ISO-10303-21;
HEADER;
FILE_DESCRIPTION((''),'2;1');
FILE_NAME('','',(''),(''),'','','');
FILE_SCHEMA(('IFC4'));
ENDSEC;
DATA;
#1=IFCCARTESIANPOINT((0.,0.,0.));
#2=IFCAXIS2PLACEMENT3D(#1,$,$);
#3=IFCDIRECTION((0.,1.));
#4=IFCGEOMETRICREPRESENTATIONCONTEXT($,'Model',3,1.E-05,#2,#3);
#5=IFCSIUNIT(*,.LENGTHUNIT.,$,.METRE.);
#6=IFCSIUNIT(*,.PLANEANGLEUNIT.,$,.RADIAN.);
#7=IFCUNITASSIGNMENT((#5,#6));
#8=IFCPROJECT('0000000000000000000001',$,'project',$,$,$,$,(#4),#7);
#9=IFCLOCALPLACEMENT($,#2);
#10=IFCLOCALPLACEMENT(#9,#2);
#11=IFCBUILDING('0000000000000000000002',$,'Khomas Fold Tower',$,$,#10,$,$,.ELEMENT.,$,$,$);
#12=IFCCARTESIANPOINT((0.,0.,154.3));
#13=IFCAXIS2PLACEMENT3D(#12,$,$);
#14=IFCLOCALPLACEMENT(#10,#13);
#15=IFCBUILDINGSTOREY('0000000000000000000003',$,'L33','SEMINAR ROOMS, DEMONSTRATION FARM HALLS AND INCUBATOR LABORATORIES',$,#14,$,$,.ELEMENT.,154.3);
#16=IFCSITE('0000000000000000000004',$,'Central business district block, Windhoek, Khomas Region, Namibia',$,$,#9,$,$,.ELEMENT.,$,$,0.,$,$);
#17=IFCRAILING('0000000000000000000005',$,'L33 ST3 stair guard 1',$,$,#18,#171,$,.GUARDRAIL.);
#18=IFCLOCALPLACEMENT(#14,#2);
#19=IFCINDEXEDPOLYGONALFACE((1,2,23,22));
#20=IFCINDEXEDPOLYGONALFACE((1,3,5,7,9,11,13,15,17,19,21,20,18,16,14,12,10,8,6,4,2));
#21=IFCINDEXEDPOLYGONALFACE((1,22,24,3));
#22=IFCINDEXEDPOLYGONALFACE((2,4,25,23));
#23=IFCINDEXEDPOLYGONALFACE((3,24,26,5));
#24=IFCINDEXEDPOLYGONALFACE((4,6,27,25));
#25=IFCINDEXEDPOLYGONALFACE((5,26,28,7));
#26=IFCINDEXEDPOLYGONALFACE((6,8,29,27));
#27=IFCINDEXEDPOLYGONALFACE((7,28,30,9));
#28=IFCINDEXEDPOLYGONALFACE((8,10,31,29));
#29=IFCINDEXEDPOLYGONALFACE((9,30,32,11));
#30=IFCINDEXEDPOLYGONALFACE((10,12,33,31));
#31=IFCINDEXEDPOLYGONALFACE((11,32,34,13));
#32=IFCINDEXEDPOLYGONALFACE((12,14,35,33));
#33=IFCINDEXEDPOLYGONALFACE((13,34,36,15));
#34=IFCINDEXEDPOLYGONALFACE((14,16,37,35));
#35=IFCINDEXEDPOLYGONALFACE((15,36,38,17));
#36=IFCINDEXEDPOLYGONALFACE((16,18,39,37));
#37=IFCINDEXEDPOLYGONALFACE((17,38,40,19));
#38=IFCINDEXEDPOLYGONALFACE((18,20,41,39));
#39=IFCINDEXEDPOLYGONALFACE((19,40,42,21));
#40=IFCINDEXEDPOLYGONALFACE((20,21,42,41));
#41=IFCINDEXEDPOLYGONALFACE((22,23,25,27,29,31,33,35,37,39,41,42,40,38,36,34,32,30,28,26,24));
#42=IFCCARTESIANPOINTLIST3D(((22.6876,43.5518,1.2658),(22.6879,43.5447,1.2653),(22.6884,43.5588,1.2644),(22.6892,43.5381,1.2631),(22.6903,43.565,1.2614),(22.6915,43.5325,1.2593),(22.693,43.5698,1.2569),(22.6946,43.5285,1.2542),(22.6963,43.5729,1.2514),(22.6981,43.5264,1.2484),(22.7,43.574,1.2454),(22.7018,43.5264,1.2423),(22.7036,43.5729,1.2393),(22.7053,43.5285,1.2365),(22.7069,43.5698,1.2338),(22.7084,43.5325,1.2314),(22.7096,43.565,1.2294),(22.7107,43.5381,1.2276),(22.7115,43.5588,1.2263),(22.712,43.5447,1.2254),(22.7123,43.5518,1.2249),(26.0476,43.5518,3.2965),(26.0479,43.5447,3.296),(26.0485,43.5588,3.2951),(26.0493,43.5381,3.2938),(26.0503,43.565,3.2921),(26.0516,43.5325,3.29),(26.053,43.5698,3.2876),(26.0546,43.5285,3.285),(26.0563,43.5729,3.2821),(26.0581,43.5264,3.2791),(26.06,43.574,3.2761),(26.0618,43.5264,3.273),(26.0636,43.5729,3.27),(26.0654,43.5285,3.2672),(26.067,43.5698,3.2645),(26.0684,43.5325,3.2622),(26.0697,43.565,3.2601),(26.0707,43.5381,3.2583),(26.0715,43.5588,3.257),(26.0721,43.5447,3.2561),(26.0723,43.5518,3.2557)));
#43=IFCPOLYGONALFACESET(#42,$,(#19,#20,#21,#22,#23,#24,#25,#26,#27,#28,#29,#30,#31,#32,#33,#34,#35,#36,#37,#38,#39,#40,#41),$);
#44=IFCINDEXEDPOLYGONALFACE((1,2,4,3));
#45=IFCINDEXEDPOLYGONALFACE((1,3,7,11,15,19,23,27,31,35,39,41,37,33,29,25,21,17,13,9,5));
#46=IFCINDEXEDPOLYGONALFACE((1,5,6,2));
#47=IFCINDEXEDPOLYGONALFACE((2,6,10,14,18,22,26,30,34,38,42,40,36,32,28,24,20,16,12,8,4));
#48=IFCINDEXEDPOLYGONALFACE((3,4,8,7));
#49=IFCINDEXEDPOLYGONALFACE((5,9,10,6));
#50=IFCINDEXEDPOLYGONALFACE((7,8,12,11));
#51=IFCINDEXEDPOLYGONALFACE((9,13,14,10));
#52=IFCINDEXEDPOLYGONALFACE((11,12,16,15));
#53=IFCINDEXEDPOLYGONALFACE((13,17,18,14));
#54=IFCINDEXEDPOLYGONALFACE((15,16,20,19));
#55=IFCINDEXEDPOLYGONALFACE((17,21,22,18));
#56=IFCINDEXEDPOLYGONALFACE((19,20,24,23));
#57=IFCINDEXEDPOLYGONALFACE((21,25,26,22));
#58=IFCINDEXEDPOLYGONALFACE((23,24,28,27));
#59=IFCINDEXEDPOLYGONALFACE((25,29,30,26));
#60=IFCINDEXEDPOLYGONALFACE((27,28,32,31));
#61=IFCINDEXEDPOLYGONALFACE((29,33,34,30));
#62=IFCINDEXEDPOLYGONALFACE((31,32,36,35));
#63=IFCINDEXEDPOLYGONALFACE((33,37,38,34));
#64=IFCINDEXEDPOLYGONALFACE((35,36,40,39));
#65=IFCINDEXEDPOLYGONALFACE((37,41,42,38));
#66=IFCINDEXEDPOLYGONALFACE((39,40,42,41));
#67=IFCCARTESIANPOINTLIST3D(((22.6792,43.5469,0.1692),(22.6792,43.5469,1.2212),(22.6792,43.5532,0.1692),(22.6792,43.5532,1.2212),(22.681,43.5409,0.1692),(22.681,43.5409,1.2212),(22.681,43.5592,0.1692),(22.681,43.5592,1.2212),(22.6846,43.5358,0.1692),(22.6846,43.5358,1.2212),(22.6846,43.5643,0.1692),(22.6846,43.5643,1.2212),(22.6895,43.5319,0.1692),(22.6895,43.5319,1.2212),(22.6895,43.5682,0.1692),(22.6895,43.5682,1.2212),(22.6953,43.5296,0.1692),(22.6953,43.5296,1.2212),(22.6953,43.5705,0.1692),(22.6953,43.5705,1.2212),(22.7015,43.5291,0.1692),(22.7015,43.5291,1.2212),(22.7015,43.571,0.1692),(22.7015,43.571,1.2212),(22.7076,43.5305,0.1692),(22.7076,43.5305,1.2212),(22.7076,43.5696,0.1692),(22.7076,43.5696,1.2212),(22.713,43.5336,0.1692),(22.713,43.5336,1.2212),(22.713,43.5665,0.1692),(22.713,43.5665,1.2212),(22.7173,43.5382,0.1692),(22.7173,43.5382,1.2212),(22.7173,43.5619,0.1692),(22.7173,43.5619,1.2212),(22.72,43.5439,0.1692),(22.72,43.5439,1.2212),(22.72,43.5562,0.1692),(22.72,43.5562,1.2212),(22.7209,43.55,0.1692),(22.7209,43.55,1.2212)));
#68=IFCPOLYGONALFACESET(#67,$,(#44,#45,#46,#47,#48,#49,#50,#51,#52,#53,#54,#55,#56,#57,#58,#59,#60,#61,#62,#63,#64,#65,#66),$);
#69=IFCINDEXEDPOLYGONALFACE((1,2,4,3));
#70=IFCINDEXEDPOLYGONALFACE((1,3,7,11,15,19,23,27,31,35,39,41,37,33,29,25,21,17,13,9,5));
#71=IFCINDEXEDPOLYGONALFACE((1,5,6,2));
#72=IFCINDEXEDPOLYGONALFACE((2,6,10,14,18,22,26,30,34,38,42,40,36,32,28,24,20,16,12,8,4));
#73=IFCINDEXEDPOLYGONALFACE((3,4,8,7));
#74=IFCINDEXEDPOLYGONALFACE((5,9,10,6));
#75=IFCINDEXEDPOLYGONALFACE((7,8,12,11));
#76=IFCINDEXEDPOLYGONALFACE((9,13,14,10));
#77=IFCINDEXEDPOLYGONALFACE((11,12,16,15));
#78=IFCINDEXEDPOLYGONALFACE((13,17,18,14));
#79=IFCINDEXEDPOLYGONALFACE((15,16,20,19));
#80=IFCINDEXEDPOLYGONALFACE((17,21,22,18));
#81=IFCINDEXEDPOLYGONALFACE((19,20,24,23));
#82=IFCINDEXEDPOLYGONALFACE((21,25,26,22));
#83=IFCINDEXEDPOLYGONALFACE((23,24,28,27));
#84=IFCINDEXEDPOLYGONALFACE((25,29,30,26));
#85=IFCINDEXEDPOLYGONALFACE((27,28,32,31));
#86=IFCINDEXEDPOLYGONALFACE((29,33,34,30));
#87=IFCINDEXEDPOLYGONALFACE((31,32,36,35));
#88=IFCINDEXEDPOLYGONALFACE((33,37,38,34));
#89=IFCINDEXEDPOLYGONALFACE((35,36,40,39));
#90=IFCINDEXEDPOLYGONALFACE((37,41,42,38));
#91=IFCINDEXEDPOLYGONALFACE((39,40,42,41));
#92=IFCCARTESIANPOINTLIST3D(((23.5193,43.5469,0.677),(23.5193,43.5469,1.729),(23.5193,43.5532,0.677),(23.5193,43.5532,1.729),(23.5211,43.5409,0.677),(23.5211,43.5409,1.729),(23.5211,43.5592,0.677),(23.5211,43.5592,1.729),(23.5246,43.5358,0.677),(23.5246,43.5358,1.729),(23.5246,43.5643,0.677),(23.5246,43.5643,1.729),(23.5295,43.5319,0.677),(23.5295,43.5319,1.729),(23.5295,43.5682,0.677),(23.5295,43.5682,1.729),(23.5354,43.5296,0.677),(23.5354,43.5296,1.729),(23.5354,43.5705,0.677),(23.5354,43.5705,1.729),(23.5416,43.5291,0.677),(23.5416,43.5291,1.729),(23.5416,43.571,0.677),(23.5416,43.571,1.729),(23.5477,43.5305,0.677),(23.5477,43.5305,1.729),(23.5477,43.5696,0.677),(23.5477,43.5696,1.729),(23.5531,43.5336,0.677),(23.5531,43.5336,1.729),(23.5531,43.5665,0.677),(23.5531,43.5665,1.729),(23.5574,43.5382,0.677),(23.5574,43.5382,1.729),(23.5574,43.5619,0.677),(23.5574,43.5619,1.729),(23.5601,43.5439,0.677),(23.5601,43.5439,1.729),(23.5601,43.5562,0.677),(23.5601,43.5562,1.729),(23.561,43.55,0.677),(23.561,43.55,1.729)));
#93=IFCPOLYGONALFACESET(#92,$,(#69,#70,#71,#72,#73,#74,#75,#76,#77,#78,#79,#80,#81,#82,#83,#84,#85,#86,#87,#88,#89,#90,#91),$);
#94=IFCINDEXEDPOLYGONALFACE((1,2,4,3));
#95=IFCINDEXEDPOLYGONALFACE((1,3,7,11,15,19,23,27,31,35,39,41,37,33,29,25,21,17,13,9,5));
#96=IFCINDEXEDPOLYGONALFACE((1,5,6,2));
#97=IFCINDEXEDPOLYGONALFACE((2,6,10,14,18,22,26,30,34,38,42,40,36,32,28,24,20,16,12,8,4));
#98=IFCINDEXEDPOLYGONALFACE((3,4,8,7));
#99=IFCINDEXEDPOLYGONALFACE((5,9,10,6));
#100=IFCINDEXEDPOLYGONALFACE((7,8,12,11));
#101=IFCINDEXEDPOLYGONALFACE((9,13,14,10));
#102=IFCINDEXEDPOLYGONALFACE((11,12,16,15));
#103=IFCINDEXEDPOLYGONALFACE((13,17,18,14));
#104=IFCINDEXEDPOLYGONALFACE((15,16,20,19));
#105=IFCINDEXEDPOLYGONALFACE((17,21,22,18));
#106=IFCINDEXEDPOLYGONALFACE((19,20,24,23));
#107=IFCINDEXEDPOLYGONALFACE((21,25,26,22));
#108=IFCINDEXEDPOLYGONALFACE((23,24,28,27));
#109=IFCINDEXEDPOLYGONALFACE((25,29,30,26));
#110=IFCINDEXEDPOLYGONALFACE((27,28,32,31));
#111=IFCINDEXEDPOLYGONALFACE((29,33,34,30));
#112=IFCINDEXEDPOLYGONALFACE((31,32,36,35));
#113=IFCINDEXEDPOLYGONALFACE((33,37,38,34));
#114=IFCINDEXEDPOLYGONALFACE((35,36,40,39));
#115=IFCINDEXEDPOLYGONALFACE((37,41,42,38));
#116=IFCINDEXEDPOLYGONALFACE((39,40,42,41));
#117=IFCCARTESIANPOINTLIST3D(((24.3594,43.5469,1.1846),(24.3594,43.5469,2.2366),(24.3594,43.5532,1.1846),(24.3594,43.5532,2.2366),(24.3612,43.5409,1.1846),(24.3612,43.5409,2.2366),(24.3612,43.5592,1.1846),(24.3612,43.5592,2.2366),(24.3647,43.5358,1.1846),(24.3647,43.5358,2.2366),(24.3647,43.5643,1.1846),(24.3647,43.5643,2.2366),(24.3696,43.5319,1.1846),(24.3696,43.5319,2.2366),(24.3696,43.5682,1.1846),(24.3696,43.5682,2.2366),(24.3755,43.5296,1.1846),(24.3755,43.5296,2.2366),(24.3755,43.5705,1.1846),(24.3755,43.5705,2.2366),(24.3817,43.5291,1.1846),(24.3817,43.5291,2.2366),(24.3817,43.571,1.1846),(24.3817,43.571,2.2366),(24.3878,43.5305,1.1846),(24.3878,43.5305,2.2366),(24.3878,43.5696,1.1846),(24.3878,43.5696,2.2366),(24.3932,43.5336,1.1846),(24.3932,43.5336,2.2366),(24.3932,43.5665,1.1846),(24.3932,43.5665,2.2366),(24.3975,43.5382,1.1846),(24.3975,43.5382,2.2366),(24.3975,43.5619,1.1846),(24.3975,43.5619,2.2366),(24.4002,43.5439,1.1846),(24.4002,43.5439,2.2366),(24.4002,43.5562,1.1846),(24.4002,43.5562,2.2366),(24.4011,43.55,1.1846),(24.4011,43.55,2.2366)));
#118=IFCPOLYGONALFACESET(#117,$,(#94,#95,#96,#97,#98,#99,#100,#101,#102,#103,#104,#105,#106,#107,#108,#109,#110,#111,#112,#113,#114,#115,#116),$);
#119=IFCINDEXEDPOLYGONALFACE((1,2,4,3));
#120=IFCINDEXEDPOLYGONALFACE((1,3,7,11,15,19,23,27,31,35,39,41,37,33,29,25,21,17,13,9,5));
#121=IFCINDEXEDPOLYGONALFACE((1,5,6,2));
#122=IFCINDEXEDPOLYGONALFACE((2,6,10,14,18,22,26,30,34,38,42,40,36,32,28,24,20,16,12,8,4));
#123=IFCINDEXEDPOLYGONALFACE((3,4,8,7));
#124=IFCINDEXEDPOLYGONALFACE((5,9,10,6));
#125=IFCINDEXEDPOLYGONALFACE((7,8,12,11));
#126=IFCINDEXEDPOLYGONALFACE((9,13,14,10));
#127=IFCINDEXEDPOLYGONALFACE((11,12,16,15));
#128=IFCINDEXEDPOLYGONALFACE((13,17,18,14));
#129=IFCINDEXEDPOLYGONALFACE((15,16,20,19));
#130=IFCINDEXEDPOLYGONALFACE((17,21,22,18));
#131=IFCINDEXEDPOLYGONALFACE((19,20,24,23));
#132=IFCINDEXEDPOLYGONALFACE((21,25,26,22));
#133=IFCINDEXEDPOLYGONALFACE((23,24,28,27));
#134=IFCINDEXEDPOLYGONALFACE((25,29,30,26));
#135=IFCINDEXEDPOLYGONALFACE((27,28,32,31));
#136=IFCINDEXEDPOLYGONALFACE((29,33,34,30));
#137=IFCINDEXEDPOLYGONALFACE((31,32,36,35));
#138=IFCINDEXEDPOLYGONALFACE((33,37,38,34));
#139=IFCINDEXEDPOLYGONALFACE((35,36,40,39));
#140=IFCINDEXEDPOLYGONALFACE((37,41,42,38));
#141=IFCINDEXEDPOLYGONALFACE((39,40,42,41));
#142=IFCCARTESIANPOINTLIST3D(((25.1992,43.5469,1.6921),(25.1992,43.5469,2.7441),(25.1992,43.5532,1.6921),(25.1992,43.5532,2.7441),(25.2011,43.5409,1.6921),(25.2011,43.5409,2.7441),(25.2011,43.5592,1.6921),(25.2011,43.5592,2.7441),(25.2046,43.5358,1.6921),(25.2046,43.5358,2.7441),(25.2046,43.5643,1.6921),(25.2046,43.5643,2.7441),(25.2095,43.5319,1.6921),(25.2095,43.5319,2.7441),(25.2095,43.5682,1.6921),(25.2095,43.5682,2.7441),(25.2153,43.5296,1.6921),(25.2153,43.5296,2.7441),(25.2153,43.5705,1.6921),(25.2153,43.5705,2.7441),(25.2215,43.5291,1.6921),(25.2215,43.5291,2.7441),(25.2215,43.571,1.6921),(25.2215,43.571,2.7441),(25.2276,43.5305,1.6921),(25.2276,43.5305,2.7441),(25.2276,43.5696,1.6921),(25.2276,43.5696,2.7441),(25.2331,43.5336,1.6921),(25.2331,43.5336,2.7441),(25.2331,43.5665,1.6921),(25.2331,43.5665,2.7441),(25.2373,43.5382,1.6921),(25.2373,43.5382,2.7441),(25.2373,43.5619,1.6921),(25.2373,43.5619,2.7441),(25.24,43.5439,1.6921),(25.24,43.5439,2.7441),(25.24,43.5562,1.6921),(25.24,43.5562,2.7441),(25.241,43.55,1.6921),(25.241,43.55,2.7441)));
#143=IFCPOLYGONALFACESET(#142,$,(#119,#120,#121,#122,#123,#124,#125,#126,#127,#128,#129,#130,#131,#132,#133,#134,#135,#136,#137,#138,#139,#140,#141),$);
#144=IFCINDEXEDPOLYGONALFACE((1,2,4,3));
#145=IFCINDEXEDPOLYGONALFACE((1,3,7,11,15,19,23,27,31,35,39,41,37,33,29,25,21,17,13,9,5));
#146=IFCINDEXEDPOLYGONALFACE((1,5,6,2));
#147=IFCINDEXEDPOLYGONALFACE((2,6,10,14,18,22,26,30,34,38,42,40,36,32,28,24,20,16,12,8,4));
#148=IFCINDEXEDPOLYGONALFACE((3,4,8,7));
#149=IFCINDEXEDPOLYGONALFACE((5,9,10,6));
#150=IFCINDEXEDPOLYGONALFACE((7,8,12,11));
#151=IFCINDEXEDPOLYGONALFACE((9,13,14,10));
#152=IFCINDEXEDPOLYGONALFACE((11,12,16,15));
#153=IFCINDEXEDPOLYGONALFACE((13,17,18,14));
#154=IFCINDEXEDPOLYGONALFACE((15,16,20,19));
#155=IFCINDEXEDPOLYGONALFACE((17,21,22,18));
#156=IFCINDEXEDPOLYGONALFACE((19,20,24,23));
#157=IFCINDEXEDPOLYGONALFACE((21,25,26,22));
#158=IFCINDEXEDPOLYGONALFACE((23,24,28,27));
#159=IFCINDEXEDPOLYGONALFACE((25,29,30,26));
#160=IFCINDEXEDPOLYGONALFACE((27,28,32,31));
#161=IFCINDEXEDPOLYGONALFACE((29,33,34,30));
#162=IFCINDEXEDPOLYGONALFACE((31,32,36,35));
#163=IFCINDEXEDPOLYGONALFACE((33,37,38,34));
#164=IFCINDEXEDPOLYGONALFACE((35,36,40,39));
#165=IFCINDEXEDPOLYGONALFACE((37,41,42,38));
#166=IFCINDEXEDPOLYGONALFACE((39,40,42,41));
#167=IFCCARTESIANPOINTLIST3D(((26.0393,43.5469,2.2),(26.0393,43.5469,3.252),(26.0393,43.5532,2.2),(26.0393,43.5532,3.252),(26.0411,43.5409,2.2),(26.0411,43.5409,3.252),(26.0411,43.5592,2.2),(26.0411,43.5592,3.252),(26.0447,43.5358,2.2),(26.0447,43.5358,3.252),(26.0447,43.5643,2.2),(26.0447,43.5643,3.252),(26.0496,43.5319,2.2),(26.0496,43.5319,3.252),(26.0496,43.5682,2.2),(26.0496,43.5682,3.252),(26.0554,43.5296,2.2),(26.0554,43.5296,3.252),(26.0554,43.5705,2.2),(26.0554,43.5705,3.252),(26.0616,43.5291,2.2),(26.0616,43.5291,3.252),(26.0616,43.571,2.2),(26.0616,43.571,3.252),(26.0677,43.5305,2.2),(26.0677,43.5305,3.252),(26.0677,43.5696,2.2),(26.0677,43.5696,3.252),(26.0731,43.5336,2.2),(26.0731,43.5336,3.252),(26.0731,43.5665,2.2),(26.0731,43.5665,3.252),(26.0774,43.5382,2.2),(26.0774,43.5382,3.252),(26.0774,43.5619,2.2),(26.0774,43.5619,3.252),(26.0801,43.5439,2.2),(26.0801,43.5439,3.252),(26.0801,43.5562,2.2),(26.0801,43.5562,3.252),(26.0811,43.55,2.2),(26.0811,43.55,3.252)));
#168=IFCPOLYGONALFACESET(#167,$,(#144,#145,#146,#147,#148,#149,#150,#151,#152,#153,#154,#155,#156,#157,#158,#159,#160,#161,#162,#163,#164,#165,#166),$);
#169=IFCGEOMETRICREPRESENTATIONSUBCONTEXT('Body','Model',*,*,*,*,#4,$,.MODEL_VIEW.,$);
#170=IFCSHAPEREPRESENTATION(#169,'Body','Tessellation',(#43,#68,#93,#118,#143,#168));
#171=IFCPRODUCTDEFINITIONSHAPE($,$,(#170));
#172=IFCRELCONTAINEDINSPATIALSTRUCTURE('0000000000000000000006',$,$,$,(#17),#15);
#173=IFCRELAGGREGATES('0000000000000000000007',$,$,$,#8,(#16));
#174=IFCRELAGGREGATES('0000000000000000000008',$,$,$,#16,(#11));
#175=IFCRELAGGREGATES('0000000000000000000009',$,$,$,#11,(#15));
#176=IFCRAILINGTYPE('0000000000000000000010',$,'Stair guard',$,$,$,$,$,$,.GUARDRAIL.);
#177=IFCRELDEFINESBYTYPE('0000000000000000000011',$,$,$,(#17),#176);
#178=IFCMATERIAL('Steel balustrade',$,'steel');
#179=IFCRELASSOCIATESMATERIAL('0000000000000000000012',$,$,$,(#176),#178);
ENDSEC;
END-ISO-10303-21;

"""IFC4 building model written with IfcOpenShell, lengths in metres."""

from ifc_helpers import new_model, si_unit, direction, frame, origin, origin_2d, place, context, subcontext, project, spatial, circle, extrude, source, transform, mapped, material, type_object, element, save


model = new_model("IFC4")

# Units and contexts
model_context = context("Model", 3, precision=1e-05, world=origin(), true_north=direction((0.0, 1.0)))
body_context = subcontext(model_context, "Body", "Model", "MODEL_VIEW")
ifc_project = project(units=[si_unit("LENGTHUNIT", "METRE"), si_unit("PLANEANGLEUNIT", "RADIAN")], contexts=[model_context])

# Site, building, storey
site_placement = place(None, origin())
site = spatial("IfcSite", under=ifc_project, at=site_placement, Name="Central business district block, Windhoek, Khomas Region, Namibia", CompositionType="ELEMENT", RefElevation=0.0)
building_placement = place(site_placement, origin())
building = spatial("IfcBuilding", under=site, at=building_placement, Name="Khomas Fold Tower", CompositionType="ELEMENT")
storey_placement = place(building_placement, frame((0.0, 0.0, 154.3)))
storey = spatial("IfcBuildingStorey", under=building, at=storey_placement, Name="L33", Description="SEMINAR ROOMS, DEMONSTRATION FARM HALLS AND INCUBATOR LABORATORIES", CompositionType="ELEMENT", Elevation=154.3)

# Railing
ifc_material_1 = material(Name="Steel balustrade", Category="steel")
railing_type_1 = type_object("IfcRailingType", Name="Stair guard", PredefinedType="GUARDRAIL", material=ifc_material_1)
shared_shape_1 = source(origin(), body_context, "Body", "SweptSolid", [
    extrude(circle(Radius=0.0239, at=origin_2d()), frame((0.0, 0.0, 1.0762), z_axis=(0.855837, 0.0, 0.517246), x_axis=(0.0, 1.0, 0.0)), (0.0, 0.0, 1.0), 3.926),
    extrude(circle(Radius=0.021, at=origin_2d()), origin(), (0.0, 0.0, 1.0), 1.052),
    extrude(circle(Radius=0.021, at=origin_2d()), frame((0.8401, 0.0, 0.5078)), (0.0, 0.0, 1.0), 1.052),
    extrude(circle(Radius=0.021, at=origin_2d()), frame((1.6802, 0.0, 1.0154)), (0.0, 0.0, 1.0), 1.052),
    extrude(circle(Radius=0.021, at=origin_2d()), frame((2.52, 0.0, 1.5229)), (0.0, 0.0, 1.0), 1.052),
    extrude(circle(Radius=0.021, at=origin_2d()), frame((3.3601, 0.0, 2.0308)), (0.0, 0.0, 1.0), 1.052),
])
railing_1_placement = place(storey_placement, frame((22.7, 43.55, 0.1692)))
element("IfcRailing", 1, at=railing_1_placement, inside=storey, type_object=railing_type_1, Name="L33 ST3 stair guard 1", PredefinedType="GUARDRAIL", context=body_context, shape_type="MappedRepresentation", body=[
    mapped(shared_shape_1, transform((0.0, 0.0, 0.0))),
])

save(model, "model.ifc")
